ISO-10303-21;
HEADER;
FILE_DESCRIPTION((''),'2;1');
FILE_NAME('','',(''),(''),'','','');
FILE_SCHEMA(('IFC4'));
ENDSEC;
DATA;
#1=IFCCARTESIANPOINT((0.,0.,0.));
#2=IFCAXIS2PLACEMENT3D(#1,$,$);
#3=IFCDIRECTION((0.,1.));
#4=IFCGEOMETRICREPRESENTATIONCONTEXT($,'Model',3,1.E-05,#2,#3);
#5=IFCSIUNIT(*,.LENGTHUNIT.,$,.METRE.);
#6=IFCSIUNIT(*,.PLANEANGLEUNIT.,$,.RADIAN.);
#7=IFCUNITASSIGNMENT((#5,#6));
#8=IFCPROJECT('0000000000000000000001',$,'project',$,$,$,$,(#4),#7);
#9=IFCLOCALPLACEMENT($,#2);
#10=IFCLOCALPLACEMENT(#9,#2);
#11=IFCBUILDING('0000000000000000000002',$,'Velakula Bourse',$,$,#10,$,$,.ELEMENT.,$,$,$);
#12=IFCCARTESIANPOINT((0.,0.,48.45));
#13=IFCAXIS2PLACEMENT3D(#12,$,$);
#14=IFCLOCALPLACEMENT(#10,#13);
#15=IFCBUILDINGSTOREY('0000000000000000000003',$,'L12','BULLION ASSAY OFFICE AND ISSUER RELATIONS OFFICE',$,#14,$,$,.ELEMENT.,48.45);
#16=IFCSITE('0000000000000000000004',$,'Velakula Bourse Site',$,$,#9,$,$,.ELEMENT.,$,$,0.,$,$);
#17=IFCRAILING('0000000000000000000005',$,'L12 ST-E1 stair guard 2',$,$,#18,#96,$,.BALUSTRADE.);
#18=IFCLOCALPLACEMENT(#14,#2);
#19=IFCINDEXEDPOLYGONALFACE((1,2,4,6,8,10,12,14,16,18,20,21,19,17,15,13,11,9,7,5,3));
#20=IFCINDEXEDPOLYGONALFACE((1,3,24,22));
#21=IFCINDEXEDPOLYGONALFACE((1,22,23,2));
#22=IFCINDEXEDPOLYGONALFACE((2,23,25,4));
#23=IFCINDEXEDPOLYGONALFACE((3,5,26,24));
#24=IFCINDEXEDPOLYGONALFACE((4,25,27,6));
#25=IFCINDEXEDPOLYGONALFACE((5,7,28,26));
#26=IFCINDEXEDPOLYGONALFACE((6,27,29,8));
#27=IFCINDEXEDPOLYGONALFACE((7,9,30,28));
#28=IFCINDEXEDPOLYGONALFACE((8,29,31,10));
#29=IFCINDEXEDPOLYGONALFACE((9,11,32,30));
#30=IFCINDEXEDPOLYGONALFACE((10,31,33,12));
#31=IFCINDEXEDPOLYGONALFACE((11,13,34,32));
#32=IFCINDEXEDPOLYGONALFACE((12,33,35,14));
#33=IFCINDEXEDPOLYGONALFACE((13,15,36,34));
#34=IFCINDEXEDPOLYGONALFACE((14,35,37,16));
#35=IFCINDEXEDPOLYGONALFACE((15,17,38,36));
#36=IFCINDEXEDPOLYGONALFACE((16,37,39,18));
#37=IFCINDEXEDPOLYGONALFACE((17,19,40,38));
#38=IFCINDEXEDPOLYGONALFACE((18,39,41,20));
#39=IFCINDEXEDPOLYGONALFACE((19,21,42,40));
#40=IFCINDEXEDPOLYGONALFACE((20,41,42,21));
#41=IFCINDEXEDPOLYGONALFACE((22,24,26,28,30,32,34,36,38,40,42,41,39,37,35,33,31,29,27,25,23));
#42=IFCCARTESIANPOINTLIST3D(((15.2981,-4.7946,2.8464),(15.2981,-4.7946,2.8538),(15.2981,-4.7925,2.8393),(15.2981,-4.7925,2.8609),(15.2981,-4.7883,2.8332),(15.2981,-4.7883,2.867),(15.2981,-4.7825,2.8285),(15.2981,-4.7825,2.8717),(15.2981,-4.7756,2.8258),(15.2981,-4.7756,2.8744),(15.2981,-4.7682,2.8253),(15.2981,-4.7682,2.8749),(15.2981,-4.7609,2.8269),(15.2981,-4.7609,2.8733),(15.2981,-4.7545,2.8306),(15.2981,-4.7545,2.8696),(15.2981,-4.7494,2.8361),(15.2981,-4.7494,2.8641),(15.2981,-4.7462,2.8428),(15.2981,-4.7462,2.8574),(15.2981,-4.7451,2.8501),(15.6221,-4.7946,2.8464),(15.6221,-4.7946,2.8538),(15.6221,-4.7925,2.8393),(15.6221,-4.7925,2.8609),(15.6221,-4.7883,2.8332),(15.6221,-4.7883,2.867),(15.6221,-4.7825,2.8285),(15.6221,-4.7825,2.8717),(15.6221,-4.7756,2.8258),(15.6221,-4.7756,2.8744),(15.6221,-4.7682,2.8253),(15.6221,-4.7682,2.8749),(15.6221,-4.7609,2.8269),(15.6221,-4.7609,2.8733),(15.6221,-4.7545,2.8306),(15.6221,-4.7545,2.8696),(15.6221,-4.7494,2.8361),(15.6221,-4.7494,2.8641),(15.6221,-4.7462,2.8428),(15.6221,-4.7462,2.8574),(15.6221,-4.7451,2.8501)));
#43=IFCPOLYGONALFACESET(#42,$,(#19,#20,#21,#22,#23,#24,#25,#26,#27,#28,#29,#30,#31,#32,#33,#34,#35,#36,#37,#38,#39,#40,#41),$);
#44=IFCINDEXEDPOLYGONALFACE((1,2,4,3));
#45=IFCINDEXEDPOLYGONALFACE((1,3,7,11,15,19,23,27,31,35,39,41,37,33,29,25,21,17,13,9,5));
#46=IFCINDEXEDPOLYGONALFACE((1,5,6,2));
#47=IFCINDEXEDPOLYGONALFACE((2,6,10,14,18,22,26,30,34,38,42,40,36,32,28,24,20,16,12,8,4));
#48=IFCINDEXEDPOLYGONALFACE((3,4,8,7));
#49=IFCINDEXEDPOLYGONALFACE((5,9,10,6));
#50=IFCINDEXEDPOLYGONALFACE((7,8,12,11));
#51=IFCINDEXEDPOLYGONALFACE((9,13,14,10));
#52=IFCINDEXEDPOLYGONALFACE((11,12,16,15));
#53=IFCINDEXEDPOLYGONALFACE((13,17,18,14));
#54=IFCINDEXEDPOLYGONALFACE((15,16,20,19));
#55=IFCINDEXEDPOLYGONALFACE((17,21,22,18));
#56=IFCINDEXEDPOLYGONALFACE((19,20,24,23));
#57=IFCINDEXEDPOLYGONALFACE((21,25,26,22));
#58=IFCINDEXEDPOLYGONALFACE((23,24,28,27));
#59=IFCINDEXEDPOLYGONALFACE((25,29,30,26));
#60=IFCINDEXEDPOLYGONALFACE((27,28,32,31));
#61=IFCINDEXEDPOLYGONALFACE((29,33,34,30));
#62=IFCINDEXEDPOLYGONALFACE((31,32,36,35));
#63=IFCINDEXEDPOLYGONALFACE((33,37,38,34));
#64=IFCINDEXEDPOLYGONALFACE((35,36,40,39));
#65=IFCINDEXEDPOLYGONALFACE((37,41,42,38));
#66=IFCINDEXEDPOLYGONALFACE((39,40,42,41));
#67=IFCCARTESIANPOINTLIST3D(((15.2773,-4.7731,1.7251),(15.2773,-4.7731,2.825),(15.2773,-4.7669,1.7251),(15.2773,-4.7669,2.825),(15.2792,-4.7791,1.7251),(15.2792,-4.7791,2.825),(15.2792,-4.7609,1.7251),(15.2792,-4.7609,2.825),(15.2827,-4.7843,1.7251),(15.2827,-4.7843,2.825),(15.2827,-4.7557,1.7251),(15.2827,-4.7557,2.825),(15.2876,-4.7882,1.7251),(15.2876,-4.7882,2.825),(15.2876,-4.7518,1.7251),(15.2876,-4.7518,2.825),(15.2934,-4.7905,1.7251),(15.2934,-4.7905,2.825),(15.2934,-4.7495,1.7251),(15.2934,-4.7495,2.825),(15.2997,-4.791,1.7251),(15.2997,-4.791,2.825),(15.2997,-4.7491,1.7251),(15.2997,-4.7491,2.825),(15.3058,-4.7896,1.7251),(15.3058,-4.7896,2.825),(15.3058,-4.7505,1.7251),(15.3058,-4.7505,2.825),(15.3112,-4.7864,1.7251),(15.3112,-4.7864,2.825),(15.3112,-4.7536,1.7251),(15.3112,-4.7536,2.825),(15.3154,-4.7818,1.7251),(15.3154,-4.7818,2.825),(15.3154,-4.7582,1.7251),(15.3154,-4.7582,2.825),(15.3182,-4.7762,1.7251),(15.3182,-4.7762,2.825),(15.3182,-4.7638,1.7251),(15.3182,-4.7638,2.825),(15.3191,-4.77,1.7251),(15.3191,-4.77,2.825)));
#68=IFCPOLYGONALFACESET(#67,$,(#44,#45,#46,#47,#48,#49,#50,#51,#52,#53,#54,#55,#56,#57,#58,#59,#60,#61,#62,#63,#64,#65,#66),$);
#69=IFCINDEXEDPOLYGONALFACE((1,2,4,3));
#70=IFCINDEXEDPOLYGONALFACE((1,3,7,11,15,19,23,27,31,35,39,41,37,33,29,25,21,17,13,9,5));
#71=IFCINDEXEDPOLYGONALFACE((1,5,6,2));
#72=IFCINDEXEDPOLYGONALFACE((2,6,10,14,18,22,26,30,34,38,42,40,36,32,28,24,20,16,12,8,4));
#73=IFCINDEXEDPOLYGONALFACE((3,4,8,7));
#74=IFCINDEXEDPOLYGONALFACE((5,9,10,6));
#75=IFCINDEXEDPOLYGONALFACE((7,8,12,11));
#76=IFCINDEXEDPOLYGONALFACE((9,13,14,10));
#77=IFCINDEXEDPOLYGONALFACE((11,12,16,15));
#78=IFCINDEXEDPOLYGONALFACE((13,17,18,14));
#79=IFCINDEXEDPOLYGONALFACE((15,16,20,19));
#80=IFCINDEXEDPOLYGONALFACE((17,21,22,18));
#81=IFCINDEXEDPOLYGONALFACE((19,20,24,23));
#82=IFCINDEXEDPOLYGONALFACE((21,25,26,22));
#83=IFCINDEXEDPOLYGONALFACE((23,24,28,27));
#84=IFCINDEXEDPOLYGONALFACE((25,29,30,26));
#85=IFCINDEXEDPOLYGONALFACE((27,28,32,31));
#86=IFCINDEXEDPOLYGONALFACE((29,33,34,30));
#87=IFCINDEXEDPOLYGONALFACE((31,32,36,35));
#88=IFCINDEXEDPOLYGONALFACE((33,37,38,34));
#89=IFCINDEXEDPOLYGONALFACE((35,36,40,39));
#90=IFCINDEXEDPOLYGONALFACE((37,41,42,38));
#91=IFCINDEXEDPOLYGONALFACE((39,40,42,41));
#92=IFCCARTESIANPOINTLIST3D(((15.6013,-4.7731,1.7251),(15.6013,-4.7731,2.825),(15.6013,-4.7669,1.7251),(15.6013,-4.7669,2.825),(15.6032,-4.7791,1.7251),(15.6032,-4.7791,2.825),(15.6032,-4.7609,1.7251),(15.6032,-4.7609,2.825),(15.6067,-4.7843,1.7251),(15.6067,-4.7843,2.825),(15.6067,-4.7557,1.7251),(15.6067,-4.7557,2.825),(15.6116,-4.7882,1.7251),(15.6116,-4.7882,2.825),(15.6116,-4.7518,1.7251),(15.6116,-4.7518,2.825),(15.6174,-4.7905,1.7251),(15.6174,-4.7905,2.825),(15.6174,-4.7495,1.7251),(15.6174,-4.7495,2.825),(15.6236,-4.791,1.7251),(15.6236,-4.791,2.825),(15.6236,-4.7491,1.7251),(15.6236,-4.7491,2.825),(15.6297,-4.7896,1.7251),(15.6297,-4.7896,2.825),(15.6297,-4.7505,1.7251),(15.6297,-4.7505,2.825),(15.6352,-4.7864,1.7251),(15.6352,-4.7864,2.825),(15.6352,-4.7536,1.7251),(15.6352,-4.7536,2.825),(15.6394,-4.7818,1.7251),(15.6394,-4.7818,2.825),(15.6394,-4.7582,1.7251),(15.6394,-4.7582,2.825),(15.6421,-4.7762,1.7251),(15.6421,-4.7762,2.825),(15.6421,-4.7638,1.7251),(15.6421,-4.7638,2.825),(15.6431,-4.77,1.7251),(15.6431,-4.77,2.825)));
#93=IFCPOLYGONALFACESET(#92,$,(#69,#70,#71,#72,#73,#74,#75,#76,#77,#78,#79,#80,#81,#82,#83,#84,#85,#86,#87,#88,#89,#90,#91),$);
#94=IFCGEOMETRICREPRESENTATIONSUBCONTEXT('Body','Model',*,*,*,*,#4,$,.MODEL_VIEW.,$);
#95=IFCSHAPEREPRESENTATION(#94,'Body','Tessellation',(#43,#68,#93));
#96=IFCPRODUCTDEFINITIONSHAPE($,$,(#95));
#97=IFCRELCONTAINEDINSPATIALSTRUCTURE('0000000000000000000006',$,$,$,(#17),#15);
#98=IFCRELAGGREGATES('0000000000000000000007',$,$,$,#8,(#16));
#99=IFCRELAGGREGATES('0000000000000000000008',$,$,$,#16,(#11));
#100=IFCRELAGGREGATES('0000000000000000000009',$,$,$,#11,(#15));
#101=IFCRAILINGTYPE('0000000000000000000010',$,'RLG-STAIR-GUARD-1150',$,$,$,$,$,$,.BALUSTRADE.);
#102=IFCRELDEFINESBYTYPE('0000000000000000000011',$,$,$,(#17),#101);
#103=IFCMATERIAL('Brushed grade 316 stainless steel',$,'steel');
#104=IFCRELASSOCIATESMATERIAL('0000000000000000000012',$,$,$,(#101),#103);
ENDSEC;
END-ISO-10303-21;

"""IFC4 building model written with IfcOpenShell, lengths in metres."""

from ifc_helpers import new_model, si_unit, direction, frame, origin, origin_2d, place, context, subcontext, project, spatial, circle, extrude, material, type_object, element, save


model = new_model("IFC4")

# Units and contexts
model_context = context("Model", 3, precision=1e-05, world=origin(), true_north=direction((0.0, 1.0)))
body_context = subcontext(model_context, "Body", "Model", "MODEL_VIEW")
ifc_project = project(units=[si_unit("LENGTHUNIT", "METRE"), si_unit("PLANEANGLEUNIT", "RADIAN")], contexts=[model_context])

# Site, building, storey
site_placement = place(None, origin())
site = spatial("IfcSite", under=ifc_project, at=site_placement, Name="Velakula Bourse Site", CompositionType="ELEMENT", RefElevation=0.0)
building_placement = place(site_placement, origin())
building = spatial("IfcBuilding", under=site, at=building_placement, Name="Velakula Bourse", CompositionType="ELEMENT")
storey_placement = place(building_placement, frame((0.0, 0.0, 48.45)))
storey = spatial("IfcBuildingStorey", under=building, at=storey_placement, Name="L12", Description="BULLION ASSAY OFFICE AND ISSUER RELATIONS OFFICE", CompositionType="ELEMENT", Elevation=48.45)

# Shared definitions
ifc_material_1 = material(Name="Brushed grade 316 stainless steel", Category="steel")

# Railing
railing_type_1 = type_object("IfcRailingType", Name="RLG-STAIR-GUARD-1150", PredefinedType="BALUSTRADE", material=ifc_material_1)
railing_1_placement = place(storey_placement, frame((15.2981, -4.77, 1.7251)))
element("IfcRailing", 1, at=railing_1_placement, inside=storey, type_object=railing_type_1, Name="L12 ST-E1 stair guard 2", PredefinedType="BALUSTRADE", context=body_context, shape_type="SweptSolid", body=[
    extrude(circle(Radius=0.0249, at=origin_2d()), frame((0.0, 0.0, 1.125), z_axis=(1.0, 0.0, 0.0), x_axis=(0.0, 1.0, 0.0)), (0.0, 0.0, 1.0), 0.324),
    extrude(circle(Radius=0.021, at=origin_2d()), origin(), (0.0, 0.0, 1.0), 1.0999),
    extrude(circle(Radius=0.021, at=origin_2d()), frame((0.324, 0.0, 0.0)), (0.0, 0.0, 1.0), 1.0999),
])

save(model, "model.ifc")
